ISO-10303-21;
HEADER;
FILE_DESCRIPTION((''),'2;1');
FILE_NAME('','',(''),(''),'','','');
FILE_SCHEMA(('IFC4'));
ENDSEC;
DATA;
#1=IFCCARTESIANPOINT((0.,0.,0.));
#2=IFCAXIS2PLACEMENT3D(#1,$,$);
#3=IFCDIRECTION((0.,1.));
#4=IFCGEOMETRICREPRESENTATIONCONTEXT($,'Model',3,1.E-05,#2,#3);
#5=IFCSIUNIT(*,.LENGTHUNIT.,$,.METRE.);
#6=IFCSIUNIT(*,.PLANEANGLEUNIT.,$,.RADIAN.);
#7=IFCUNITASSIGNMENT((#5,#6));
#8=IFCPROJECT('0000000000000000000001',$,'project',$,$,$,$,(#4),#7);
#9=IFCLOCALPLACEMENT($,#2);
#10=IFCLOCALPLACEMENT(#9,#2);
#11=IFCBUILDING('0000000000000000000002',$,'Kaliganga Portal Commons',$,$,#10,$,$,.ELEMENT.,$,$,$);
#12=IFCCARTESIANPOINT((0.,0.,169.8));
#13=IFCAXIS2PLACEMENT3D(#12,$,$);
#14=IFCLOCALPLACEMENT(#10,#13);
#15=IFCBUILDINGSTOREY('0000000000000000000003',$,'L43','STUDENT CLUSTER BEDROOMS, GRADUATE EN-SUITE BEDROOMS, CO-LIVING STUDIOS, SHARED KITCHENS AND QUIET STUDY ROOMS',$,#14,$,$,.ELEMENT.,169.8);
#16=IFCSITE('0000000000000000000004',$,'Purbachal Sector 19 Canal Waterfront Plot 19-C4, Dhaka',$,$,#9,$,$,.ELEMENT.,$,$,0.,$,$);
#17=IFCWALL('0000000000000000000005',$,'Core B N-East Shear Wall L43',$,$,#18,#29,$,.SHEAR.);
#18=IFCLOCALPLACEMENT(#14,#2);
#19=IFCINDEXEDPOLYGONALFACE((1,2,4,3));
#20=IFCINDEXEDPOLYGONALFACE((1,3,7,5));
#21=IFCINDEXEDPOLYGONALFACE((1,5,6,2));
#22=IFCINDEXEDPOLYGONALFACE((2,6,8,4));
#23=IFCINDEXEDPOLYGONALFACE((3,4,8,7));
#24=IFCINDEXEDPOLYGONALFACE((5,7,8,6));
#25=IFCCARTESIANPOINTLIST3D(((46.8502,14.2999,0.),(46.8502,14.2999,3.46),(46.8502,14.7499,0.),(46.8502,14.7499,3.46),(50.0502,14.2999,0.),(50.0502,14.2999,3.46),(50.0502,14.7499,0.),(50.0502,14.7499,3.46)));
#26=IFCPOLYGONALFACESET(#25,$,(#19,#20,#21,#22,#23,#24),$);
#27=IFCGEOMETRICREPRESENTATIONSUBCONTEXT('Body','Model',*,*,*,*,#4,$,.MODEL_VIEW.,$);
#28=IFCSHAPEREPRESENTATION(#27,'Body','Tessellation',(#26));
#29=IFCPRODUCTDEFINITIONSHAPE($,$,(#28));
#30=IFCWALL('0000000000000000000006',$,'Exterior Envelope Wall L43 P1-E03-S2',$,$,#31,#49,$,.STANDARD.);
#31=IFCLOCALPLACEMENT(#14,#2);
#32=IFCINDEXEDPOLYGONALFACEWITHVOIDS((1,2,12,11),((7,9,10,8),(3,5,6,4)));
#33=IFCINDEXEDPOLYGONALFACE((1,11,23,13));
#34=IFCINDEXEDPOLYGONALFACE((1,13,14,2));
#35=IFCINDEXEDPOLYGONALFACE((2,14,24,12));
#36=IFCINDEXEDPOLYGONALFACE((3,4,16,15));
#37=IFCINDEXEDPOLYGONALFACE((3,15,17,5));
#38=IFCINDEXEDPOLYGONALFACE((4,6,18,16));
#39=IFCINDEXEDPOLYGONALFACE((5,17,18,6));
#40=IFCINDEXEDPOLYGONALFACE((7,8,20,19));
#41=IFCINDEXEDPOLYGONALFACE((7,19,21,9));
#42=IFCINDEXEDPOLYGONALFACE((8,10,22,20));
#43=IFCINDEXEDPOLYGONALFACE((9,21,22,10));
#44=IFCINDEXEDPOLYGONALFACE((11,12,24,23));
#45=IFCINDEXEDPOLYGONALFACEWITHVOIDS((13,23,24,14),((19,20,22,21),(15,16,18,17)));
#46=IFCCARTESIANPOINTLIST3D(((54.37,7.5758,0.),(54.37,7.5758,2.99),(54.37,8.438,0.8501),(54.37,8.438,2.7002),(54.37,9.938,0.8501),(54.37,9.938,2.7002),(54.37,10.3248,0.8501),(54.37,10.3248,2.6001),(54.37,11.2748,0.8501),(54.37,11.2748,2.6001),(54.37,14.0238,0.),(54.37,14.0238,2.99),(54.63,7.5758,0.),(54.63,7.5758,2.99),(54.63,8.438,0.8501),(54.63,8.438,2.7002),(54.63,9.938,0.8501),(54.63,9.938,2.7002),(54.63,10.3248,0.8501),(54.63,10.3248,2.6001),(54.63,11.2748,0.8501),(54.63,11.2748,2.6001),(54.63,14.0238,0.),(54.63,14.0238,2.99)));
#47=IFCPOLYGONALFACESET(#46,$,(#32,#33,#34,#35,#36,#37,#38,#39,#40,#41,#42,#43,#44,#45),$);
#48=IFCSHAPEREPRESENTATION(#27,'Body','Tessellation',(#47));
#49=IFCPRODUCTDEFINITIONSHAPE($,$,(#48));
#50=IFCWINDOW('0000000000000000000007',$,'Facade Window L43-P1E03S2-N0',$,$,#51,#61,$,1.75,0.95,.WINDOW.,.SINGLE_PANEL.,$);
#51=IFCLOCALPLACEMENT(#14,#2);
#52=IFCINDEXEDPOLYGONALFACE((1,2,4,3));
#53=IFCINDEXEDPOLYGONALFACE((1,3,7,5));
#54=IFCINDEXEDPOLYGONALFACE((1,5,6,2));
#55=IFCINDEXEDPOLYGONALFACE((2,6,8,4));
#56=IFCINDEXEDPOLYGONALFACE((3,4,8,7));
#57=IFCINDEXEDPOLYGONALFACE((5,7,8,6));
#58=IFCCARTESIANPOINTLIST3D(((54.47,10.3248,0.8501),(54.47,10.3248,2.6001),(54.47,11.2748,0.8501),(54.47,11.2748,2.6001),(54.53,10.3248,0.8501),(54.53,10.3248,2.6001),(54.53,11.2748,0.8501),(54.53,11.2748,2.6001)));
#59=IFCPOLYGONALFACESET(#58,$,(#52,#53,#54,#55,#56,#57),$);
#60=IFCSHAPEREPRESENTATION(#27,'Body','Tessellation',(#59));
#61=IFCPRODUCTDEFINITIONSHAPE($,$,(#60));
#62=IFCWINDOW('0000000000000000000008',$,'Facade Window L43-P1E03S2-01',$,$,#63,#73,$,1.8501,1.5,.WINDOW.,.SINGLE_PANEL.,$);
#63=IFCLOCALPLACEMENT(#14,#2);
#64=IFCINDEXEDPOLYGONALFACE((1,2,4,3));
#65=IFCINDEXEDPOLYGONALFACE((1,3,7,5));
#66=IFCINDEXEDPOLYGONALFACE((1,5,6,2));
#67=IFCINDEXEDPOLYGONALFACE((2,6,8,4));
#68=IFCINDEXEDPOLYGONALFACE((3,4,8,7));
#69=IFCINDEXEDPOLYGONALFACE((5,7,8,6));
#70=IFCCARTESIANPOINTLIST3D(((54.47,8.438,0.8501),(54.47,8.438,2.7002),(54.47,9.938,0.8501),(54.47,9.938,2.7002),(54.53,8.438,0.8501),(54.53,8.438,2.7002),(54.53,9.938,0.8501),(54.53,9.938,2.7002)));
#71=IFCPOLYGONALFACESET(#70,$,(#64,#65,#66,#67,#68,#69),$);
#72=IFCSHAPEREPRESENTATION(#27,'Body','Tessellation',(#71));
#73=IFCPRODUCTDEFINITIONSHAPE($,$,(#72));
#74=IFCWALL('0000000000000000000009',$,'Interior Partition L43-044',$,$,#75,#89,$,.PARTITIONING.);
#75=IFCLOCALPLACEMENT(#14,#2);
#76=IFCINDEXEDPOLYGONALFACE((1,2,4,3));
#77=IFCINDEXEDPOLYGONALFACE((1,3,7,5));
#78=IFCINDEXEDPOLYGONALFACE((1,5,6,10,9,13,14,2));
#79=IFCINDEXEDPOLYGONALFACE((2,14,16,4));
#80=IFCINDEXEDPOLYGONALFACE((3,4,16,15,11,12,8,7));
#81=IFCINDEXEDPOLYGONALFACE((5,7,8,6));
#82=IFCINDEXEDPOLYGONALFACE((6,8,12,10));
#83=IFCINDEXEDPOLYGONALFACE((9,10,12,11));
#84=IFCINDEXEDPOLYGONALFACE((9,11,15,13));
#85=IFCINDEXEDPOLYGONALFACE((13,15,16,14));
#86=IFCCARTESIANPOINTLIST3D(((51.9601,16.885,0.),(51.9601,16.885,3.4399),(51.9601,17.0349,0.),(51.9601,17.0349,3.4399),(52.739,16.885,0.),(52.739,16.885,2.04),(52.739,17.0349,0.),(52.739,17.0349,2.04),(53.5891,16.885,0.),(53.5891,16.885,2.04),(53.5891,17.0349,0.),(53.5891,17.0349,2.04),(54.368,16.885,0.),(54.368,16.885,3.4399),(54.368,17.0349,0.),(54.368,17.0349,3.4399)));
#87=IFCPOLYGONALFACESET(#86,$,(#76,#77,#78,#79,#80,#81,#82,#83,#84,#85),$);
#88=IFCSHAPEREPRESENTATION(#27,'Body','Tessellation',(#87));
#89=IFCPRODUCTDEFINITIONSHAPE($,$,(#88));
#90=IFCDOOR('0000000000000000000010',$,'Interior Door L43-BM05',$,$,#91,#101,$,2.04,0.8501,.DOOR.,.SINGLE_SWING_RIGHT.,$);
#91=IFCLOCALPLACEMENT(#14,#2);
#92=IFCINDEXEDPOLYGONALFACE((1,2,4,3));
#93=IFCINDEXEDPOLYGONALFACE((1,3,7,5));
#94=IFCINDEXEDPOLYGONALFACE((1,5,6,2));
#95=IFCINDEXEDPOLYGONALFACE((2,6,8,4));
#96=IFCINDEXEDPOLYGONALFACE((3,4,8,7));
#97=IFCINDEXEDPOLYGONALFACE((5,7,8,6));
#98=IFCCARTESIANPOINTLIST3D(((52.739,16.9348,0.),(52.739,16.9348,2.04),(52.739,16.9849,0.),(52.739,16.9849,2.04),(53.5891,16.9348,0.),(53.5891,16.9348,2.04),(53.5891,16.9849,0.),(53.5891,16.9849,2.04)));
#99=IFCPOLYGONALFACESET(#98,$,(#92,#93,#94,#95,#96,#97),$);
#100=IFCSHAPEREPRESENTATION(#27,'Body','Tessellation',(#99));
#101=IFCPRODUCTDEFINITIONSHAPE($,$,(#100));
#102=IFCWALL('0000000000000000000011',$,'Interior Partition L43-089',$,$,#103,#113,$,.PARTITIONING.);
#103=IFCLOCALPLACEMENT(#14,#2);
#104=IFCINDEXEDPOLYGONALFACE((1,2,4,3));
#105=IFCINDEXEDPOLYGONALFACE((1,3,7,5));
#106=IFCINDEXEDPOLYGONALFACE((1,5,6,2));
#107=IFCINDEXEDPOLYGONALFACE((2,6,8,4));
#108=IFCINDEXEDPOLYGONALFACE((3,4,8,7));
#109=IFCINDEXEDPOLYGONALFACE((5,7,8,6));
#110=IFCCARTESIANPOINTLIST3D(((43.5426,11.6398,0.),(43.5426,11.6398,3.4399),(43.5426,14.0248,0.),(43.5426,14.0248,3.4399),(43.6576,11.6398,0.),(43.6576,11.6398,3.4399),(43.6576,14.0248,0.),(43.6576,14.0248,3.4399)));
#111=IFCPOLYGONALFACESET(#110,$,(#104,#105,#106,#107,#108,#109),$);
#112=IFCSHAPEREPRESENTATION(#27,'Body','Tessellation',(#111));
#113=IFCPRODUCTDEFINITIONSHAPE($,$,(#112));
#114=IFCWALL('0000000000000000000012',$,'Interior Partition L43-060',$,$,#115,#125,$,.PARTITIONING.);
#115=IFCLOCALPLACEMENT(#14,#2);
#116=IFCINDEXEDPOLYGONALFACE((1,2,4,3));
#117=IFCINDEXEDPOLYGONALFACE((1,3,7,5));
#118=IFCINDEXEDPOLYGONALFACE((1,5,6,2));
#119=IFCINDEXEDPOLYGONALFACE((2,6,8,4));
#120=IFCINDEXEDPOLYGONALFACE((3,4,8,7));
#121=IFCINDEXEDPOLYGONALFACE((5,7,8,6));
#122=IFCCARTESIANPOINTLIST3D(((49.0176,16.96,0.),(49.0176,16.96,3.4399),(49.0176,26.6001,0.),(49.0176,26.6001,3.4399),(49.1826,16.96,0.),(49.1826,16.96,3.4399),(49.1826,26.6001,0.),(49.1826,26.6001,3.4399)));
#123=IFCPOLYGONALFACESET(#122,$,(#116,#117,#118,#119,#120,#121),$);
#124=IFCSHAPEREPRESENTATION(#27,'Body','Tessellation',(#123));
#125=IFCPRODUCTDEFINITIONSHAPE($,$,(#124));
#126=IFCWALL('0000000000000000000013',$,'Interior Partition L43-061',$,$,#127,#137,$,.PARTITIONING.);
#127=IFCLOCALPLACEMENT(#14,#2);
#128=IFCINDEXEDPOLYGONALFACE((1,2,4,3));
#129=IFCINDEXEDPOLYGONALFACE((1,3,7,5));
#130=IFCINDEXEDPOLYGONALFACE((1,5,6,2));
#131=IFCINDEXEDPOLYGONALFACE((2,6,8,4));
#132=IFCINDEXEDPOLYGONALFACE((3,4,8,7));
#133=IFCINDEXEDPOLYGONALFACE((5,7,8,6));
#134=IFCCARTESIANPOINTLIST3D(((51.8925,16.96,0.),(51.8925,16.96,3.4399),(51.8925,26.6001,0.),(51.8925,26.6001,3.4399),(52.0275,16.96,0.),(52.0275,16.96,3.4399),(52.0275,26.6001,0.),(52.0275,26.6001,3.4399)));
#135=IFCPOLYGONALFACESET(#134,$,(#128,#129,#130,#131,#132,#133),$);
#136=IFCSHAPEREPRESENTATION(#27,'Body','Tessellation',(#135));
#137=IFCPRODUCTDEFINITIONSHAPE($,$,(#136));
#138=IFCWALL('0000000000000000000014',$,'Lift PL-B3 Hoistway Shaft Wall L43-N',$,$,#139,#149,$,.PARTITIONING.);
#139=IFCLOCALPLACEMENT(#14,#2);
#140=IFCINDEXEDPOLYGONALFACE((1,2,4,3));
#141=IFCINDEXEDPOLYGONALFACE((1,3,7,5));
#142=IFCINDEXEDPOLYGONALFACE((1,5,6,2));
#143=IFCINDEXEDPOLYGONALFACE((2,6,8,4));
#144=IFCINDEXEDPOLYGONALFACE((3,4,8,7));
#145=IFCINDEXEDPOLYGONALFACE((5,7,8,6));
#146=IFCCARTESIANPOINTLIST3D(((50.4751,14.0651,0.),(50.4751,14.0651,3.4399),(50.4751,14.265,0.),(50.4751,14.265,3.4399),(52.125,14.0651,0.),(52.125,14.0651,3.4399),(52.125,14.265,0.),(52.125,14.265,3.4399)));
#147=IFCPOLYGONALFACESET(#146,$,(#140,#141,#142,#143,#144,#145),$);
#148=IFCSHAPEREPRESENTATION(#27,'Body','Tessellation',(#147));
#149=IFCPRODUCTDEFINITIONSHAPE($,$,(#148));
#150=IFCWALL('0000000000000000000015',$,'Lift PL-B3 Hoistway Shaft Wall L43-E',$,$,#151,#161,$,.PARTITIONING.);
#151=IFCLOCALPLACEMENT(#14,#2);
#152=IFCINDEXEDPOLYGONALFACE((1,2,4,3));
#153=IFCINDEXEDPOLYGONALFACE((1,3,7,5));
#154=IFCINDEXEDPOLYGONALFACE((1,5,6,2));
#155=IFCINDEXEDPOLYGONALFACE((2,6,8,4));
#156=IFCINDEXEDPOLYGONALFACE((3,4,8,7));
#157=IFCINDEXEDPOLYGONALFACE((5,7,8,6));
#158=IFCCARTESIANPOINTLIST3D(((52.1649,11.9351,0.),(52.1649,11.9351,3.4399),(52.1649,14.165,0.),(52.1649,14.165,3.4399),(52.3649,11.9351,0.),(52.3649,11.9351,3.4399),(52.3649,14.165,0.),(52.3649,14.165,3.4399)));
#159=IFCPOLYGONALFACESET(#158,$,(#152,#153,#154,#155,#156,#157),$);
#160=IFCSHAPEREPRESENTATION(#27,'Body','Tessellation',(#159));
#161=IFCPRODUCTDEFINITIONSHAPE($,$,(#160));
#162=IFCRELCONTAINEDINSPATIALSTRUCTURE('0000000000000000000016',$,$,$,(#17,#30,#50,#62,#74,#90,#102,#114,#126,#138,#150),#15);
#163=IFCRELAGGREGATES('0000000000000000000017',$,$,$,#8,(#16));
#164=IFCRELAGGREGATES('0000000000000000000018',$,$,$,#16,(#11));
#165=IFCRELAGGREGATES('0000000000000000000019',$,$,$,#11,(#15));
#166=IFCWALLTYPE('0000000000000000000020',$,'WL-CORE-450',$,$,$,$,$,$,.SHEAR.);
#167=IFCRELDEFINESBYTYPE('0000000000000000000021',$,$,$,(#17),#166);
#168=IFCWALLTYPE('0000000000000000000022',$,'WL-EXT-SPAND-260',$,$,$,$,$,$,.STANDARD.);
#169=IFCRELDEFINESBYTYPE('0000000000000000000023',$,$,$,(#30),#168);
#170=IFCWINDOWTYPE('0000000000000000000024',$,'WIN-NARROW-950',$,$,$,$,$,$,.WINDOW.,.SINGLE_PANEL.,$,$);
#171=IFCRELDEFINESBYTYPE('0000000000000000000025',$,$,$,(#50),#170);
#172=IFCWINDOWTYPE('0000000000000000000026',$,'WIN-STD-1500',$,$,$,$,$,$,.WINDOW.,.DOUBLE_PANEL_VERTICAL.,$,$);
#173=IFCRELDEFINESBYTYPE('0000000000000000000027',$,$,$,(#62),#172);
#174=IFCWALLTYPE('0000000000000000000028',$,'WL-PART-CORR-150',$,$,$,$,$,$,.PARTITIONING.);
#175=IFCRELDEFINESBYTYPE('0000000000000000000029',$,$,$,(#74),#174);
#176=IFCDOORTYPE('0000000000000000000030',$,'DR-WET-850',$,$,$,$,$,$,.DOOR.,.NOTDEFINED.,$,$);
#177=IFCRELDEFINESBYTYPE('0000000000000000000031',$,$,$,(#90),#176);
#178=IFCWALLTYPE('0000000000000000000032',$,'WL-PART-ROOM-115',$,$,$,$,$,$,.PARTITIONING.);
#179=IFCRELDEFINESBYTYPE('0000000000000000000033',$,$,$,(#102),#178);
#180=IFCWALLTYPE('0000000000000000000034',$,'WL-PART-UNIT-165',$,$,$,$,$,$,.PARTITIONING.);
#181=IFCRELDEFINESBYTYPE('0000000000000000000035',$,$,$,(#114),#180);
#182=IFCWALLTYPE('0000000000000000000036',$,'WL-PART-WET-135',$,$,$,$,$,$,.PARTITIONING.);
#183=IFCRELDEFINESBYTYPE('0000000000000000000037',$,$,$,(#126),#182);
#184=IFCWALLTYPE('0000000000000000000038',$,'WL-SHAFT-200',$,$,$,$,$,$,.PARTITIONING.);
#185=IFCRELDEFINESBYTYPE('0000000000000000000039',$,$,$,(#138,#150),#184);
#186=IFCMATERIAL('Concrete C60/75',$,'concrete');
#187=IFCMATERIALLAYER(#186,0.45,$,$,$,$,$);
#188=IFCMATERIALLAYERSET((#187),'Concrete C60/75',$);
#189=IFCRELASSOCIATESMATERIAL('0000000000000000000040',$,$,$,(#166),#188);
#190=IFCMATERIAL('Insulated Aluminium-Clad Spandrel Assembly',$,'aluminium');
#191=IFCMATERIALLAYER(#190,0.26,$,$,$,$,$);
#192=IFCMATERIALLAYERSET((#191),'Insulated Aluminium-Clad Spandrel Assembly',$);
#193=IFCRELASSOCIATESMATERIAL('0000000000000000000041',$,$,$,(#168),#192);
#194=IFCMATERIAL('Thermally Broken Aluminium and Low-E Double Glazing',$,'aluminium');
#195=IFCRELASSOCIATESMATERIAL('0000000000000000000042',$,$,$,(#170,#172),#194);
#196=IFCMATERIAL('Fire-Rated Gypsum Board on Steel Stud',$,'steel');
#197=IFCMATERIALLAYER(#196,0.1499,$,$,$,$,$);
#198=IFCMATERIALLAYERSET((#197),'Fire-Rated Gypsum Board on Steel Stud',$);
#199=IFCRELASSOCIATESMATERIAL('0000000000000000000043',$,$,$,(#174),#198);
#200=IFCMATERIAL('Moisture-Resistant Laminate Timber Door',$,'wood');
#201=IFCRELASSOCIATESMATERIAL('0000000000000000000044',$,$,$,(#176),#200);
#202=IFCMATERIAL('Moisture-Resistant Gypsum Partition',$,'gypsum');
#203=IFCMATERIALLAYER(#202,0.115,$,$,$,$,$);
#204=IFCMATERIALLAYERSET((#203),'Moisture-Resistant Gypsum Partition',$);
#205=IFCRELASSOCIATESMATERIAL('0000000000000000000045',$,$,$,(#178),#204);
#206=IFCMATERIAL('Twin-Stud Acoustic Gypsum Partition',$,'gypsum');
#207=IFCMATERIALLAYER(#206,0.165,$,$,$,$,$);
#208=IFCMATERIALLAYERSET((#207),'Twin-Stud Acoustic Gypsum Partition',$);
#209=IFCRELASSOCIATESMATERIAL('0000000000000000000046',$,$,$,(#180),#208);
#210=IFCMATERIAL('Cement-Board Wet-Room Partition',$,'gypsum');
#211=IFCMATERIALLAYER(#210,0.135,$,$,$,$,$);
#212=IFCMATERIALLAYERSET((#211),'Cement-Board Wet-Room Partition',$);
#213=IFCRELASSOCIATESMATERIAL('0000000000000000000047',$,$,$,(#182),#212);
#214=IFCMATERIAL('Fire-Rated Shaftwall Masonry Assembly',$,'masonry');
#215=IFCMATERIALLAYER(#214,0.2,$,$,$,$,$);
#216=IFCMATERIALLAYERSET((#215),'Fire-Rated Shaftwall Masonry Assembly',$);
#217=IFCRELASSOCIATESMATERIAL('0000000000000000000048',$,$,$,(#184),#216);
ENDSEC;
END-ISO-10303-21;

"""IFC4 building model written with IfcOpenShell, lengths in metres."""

from ifc_helpers import new_model, si_unit, direction, frame, frame_2d, origin, place, context, subcontext, project, spatial, rectangle, extrude, material, layer, layer_set, type_object, element, fill, save


model = new_model("IFC4")

# Units and contexts
model_context = context("Model", 3, precision=1e-05, world=origin(), true_north=direction((0.0, 1.0)))
body_context = subcontext(model_context, "Body", "Model", "MODEL_VIEW")
ifc_project = project(units=[si_unit("LENGTHUNIT", "METRE"), si_unit("PLANEANGLEUNIT", "RADIAN")], contexts=[model_context])

# Site, building, storey
site_placement = place(None, origin())
site = spatial("IfcSite", under=ifc_project, at=site_placement, Name="Purbachal Sector 19 Canal Waterfront Plot 19-C4, Dhaka", CompositionType="ELEMENT", RefElevation=0.0)
building_placement = place(site_placement, origin())
building = spatial("IfcBuilding", under=site, at=building_placement, Name="Kaliganga Portal Commons", CompositionType="ELEMENT")
storey_placement = place(building_placement, frame((0.0, 0.0, 169.8)))
storey = spatial("IfcBuildingStorey", under=building, at=storey_placement, Name="L43", Description="STUDENT CLUSTER BEDROOMS, GRADUATE EN-SUITE BEDROOMS, CO-LIVING STUDIOS, SHARED KITCHENS AND QUIET STUDY ROOMS", CompositionType="ELEMENT", Elevation=169.8)

# Shared definitions
ifc_material_1 = material(Name="Concrete C60/75", Category="concrete")

# Wall
ifc_layer_1 = layer(ifc_material_1, 0.45)
ifc_layer_set_1 = layer_set([ifc_layer_1], Name="Concrete C60/75")
wall_type_1 = type_object("IfcWallType", Name="WL-CORE-450", PredefinedType="SHEAR", material=ifc_layer_set_1)
wall_1_placement = place(storey_placement, frame((46.8501, 14.5249, 0.0), z_axis=(0.0, 0.0, 1.0), x_axis=(1.0, 0.0, 0.0)))
element("IfcWall", 1, at=wall_1_placement, inside=storey, type_object=wall_type_1, Name="Core B N-East Shear Wall L43", PredefinedType="SHEAR", context=body_context, shape_type="SweptSolid", body=[
    extrude(rectangle(XDim=3.2, YDim=0.45, at=frame_2d((1.6001, 0.0))), origin(), (0.0, 0.0, 1.0), 3.46),
])

# Wall, openings, windows
ifc_material_2 = material(Name="Insulated Aluminium-Clad Spandrel Assembly", Category="aluminium")
ifc_layer_2 = layer(ifc_material_2, 0.26)
ifc_layer_set_2 = layer_set([ifc_layer_2], Name="Insulated Aluminium-Clad Spandrel Assembly")
wall_type_2 = type_object("IfcWallType", Name="WL-EXT-SPAND-260", PredefinedType="STANDARD", material=ifc_layer_set_2)
wall_2_placement = place(storey_placement, frame((54.5, 14.0239, 0.0), z_axis=(0.0, 0.0, 1.0), x_axis=(0.0, -1.0, 0.0)))
wall_2 = element("IfcWall", 2, at=wall_2_placement, inside=storey, type_object=wall_type_2, Name="Exterior Envelope Wall L43 P1-E03-S2", PredefinedType="STANDARD", context=body_context, shape_type="SweptSolid", body=[
    extrude(rectangle(XDim=6.448, YDim=0.26, at=frame_2d((3.2241, 0.0))), origin(), (0.0, 0.0, 1.0), 2.99),
])
opening_1_placement = place(wall_2_placement, frame((4.0859, 0.0, 0.8501)))
opening_1 = element("IfcOpeningElement", 3, at=opening_1_placement, cuts=wall_2, PredefinedType="OPENING", context=body_context, shape_type="SweptSolid", body=[
    extrude(rectangle(XDim=1.5, YDim=1.8501, at=frame_2d((0.75, 0.925))), frame((0.0, 0.1401, 0.0), z_axis=(0.0, -1.0, 0.0), x_axis=(1.0, 0.0, 0.0)), (0.0, 0.0, 1.0), 0.28),
])
opening_2_placement = place(wall_2_placement, frame((2.749, 0.0, 0.8501)))
opening_2 = element("IfcOpeningElement", 4, at=opening_2_placement, cuts=wall_2, PredefinedType="OPENING", context=body_context, shape_type="SweptSolid", body=[
    extrude(rectangle(XDim=0.95, YDim=1.75, at=frame_2d((0.4751, 0.875))), frame((0.0, 0.1401, 0.0), z_axis=(0.0, -1.0, 0.0), x_axis=(1.0, 0.0, 0.0)), (0.0, 0.0, 1.0), 0.28),
])
ifc_material_3 = material(Name="Thermally Broken Aluminium and Low-E Double Glazing", Category="aluminium")
window_type_1 = type_object("IfcWindowType", Name="WIN-NARROW-950", PartitioningType="SINGLE_PANEL", PredefinedType="WINDOW", material=ifc_material_3)
window_1_placement = place(opening_2_placement, origin())
window_1 = element("IfcWindow", 5, at=window_1_placement, inside=storey, type_object=window_type_1, Name="Facade Window L43-P1E03S2-N0", OverallHeight=1.75, OverallWidth=0.95, PartitioningType="SINGLE_PANEL", PredefinedType="WINDOW", context=body_context, shape_type="SweptSolid", body=[
    extrude(rectangle(XDim=0.95, YDim=1.75, at=frame_2d((0.4751, 0.875))), frame((0.0, 0.03, 0.0), z_axis=(0.0, -1.0, 0.0), x_axis=(1.0, 0.0, 0.0)), (0.0, 0.0, 1.0), 0.0601),
])
fill(opening_2, window_1)
window_type_2 = type_object("IfcWindowType", Name="WIN-STD-1500", PartitioningType="DOUBLE_PANEL_VERTICAL", PredefinedType="WINDOW", material=ifc_material_3)
window_2_placement = place(opening_1_placement, origin())
window_2 = element("IfcWindow", 6, at=window_2_placement, inside=storey, type_object=window_type_2, Name="Facade Window L43-P1E03S2-01", OverallHeight=1.8501, OverallWidth=1.5, PartitioningType="SINGLE_PANEL", PredefinedType="WINDOW", context=body_context, shape_type="SweptSolid", body=[
    extrude(rectangle(XDim=1.5, YDim=1.8501, at=frame_2d((0.75, 0.925))), frame((0.0, 0.03, 0.0), z_axis=(0.0, -1.0, 0.0), x_axis=(1.0, 0.0, 0.0)), (0.0, 0.0, 1.0), 0.0601),
])
fill(opening_1, window_2)

# Wall, opening, door
ifc_material_4 = material(Name="Fire-Rated Gypsum Board on Steel Stud", Category="steel")
ifc_layer_3 = layer(ifc_material_4, 0.1499)
ifc_layer_set_3 = layer_set([ifc_layer_3], Name="Fire-Rated Gypsum Board on Steel Stud")
wall_type_3 = type_object("IfcWallType", Name="WL-PART-CORR-150", PredefinedType="PARTITIONING", material=ifc_layer_set_3)
wall_3_placement = place(storey_placement, frame((51.96, 16.96, 0.0), z_axis=(0.0, 0.0, 1.0), x_axis=(1.0, 0.0, 0.0)))
wall_3 = element("IfcWall", 7, at=wall_3_placement, inside=storey, type_object=wall_type_3, Name="Interior Partition L43-044", PredefinedType="PARTITIONING", context=body_context, shape_type="SweptSolid", body=[
    extrude(rectangle(XDim=2.408, YDim=0.1499, at=frame_2d((1.2041, 0.0))), origin(), (0.0, 0.0, 1.0), 3.4399),
])
opening_3_placement = place(wall_3_placement, frame((0.7791, 0.0, 0.0)))
opening_3 = element("IfcOpeningElement", 8, at=opening_3_placement, cuts=wall_3, PredefinedType="OPENING", context=body_context, shape_type="SweptSolid", body=[
    extrude(rectangle(XDim=0.8501, YDim=2.04, at=frame_2d((0.425, 1.02))), frame((0.0, 0.085, 0.0), z_axis=(0.0, -1.0, 0.0), x_axis=(1.0, 0.0, 0.0)), (0.0, 0.0, 1.0), 0.1699),
])
ifc_material_5 = material(Name="Moisture-Resistant Laminate Timber Door", Category="wood")
door_type_1 = type_object("IfcDoorType", Name="DR-WET-850", OperationType="NOTDEFINED", PredefinedType="DOOR", material=ifc_material_5)
door_1_placement = place(opening_3_placement, origin())
door_1 = element("IfcDoor", 9, at=door_1_placement, inside=storey, type_object=door_type_1, Name="Interior Door L43-BM05", OperationType="SINGLE_SWING_RIGHT", OverallHeight=2.04, OverallWidth=0.8501, PredefinedType="DOOR", context=body_context, shape_type="SweptSolid", body=[
    extrude(rectangle(XDim=0.8501, YDim=2.04, at=frame_2d((0.425, 1.02))), frame((0.0, 0.0249, 0.0), z_axis=(0.0, -1.0, 0.0), x_axis=(1.0, 0.0, 0.0)), (0.0, 0.0, 1.0), 0.05),
])
fill(opening_3, door_1)

# Walls
ifc_material_6 = material(Name="Moisture-Resistant Gypsum Partition", Category="gypsum")
ifc_layer_4 = layer(ifc_material_6, 0.115)
ifc_layer_set_4 = layer_set([ifc_layer_4], Name="Moisture-Resistant Gypsum Partition")
wall_type_4 = type_object("IfcWallType", Name="WL-PART-ROOM-115", PredefinedType="PARTITIONING", material=ifc_layer_set_4)
wall_4_placement = place(storey_placement, frame((43.6001, 11.6399, 0.0), z_axis=(0.0, 0.0, 1.0), x_axis=(0.0, 1.0, 0.0)))
element("IfcWall", 10, at=wall_4_placement, inside=storey, type_object=wall_type_4, Name="Interior Partition L43-089", PredefinedType="PARTITIONING", context=body_context, shape_type="SweptSolid", body=[
    extrude(rectangle(XDim=2.385, YDim=0.115, at=frame_2d((1.1924, 0.0))), origin(), (0.0, 0.0, 1.0), 3.4399),
])
ifc_material_7 = material(Name="Twin-Stud Acoustic Gypsum Partition", Category="gypsum")
ifc_layer_5 = layer(ifc_material_7, 0.165)
ifc_layer_set_5 = layer_set([ifc_layer_5], Name="Twin-Stud Acoustic Gypsum Partition")
wall_type_5 = type_object("IfcWallType", Name="WL-PART-UNIT-165", PredefinedType="PARTITIONING", material=ifc_layer_set_5)
wall_5_placement = place(storey_placement, frame((49.1001, 16.96, 0.0), z_axis=(0.0, 0.0, 1.0), x_axis=(0.0, 1.0, 0.0)))
element("IfcWall", 11, at=wall_5_placement, inside=storey, type_object=wall_type_5, Name="Interior Partition L43-060", PredefinedType="PARTITIONING", context=body_context, shape_type="SweptSolid", body=[
    extrude(rectangle(XDim=9.6401, YDim=0.165, at=frame_2d((4.8201, 0.0))), origin(), (0.0, 0.0, 1.0), 3.4399),
])
ifc_material_8 = material(Name="Cement-Board Wet-Room Partition", Category="gypsum")
ifc_layer_6 = layer(ifc_material_8, 0.135)
ifc_layer_set_6 = layer_set([ifc_layer_6], Name="Cement-Board Wet-Room Partition")
wall_type_6 = type_object("IfcWallType", Name="WL-PART-WET-135", PredefinedType="PARTITIONING", material=ifc_layer_set_6)
wall_6_placement = place(storey_placement, frame((51.96, 16.96, 0.0), z_axis=(0.0, 0.0, 1.0), x_axis=(0.0, 1.0, 0.0)))
element("IfcWall", 12, at=wall_6_placement, inside=storey, type_object=wall_type_6, Name="Interior Partition L43-061", PredefinedType="PARTITIONING", context=body_context, shape_type="SweptSolid", body=[
    extrude(rectangle(XDim=9.6401, YDim=0.135, at=frame_2d((4.8201, 0.0))), origin(), (0.0, 0.0, 1.0), 3.4399),
])

# Shared definitions
ifc_material_9 = material(Name="Fire-Rated Shaftwall Masonry Assembly", Category="masonry")
ifc_layer_7 = layer(ifc_material_9, 0.2)
ifc_layer_set_7 = layer_set([ifc_layer_7], Name="Fire-Rated Shaftwall Masonry Assembly")
wall_type_7 = type_object("IfcWallType", Name="WL-SHAFT-200", PredefinedType="PARTITIONING", material=ifc_layer_set_7)

# Walls
wall_7_placement = place(storey_placement, frame((50.4751, 14.165, 0.0), z_axis=(0.0, 0.0, 1.0), x_axis=(1.0, 0.0, 0.0)))
element("IfcWall", 13, at=wall_7_placement, inside=storey, type_object=wall_type_7, Name="Lift PL-B3 Hoistway Shaft Wall L43-N", PredefinedType="PARTITIONING", context=body_context, shape_type="SweptSolid", body=[
    extrude(rectangle(XDim=1.6499, YDim=0.2, at=frame_2d((0.825, 0.0))), origin(), (0.0, 0.0, 1.0), 3.4399),
])
wall_8_placement = place(storey_placement, frame((52.2649, 11.9351, 0.0), z_axis=(0.0, 0.0, 1.0), x_axis=(0.0, 1.0, 0.0)))
element("IfcWall", 14, at=wall_8_placement, inside=storey, type_object=wall_type_7, Name="Lift PL-B3 Hoistway Shaft Wall L43-E", PredefinedType="PARTITIONING", context=body_context, shape_type="SweptSolid", body=[
    extrude(rectangle(XDim=2.23, YDim=0.2, at=frame_2d((1.115, 0.0))), origin(), (0.0, 0.0, 1.0), 3.4399),
])

save(model, "model.ifc")
